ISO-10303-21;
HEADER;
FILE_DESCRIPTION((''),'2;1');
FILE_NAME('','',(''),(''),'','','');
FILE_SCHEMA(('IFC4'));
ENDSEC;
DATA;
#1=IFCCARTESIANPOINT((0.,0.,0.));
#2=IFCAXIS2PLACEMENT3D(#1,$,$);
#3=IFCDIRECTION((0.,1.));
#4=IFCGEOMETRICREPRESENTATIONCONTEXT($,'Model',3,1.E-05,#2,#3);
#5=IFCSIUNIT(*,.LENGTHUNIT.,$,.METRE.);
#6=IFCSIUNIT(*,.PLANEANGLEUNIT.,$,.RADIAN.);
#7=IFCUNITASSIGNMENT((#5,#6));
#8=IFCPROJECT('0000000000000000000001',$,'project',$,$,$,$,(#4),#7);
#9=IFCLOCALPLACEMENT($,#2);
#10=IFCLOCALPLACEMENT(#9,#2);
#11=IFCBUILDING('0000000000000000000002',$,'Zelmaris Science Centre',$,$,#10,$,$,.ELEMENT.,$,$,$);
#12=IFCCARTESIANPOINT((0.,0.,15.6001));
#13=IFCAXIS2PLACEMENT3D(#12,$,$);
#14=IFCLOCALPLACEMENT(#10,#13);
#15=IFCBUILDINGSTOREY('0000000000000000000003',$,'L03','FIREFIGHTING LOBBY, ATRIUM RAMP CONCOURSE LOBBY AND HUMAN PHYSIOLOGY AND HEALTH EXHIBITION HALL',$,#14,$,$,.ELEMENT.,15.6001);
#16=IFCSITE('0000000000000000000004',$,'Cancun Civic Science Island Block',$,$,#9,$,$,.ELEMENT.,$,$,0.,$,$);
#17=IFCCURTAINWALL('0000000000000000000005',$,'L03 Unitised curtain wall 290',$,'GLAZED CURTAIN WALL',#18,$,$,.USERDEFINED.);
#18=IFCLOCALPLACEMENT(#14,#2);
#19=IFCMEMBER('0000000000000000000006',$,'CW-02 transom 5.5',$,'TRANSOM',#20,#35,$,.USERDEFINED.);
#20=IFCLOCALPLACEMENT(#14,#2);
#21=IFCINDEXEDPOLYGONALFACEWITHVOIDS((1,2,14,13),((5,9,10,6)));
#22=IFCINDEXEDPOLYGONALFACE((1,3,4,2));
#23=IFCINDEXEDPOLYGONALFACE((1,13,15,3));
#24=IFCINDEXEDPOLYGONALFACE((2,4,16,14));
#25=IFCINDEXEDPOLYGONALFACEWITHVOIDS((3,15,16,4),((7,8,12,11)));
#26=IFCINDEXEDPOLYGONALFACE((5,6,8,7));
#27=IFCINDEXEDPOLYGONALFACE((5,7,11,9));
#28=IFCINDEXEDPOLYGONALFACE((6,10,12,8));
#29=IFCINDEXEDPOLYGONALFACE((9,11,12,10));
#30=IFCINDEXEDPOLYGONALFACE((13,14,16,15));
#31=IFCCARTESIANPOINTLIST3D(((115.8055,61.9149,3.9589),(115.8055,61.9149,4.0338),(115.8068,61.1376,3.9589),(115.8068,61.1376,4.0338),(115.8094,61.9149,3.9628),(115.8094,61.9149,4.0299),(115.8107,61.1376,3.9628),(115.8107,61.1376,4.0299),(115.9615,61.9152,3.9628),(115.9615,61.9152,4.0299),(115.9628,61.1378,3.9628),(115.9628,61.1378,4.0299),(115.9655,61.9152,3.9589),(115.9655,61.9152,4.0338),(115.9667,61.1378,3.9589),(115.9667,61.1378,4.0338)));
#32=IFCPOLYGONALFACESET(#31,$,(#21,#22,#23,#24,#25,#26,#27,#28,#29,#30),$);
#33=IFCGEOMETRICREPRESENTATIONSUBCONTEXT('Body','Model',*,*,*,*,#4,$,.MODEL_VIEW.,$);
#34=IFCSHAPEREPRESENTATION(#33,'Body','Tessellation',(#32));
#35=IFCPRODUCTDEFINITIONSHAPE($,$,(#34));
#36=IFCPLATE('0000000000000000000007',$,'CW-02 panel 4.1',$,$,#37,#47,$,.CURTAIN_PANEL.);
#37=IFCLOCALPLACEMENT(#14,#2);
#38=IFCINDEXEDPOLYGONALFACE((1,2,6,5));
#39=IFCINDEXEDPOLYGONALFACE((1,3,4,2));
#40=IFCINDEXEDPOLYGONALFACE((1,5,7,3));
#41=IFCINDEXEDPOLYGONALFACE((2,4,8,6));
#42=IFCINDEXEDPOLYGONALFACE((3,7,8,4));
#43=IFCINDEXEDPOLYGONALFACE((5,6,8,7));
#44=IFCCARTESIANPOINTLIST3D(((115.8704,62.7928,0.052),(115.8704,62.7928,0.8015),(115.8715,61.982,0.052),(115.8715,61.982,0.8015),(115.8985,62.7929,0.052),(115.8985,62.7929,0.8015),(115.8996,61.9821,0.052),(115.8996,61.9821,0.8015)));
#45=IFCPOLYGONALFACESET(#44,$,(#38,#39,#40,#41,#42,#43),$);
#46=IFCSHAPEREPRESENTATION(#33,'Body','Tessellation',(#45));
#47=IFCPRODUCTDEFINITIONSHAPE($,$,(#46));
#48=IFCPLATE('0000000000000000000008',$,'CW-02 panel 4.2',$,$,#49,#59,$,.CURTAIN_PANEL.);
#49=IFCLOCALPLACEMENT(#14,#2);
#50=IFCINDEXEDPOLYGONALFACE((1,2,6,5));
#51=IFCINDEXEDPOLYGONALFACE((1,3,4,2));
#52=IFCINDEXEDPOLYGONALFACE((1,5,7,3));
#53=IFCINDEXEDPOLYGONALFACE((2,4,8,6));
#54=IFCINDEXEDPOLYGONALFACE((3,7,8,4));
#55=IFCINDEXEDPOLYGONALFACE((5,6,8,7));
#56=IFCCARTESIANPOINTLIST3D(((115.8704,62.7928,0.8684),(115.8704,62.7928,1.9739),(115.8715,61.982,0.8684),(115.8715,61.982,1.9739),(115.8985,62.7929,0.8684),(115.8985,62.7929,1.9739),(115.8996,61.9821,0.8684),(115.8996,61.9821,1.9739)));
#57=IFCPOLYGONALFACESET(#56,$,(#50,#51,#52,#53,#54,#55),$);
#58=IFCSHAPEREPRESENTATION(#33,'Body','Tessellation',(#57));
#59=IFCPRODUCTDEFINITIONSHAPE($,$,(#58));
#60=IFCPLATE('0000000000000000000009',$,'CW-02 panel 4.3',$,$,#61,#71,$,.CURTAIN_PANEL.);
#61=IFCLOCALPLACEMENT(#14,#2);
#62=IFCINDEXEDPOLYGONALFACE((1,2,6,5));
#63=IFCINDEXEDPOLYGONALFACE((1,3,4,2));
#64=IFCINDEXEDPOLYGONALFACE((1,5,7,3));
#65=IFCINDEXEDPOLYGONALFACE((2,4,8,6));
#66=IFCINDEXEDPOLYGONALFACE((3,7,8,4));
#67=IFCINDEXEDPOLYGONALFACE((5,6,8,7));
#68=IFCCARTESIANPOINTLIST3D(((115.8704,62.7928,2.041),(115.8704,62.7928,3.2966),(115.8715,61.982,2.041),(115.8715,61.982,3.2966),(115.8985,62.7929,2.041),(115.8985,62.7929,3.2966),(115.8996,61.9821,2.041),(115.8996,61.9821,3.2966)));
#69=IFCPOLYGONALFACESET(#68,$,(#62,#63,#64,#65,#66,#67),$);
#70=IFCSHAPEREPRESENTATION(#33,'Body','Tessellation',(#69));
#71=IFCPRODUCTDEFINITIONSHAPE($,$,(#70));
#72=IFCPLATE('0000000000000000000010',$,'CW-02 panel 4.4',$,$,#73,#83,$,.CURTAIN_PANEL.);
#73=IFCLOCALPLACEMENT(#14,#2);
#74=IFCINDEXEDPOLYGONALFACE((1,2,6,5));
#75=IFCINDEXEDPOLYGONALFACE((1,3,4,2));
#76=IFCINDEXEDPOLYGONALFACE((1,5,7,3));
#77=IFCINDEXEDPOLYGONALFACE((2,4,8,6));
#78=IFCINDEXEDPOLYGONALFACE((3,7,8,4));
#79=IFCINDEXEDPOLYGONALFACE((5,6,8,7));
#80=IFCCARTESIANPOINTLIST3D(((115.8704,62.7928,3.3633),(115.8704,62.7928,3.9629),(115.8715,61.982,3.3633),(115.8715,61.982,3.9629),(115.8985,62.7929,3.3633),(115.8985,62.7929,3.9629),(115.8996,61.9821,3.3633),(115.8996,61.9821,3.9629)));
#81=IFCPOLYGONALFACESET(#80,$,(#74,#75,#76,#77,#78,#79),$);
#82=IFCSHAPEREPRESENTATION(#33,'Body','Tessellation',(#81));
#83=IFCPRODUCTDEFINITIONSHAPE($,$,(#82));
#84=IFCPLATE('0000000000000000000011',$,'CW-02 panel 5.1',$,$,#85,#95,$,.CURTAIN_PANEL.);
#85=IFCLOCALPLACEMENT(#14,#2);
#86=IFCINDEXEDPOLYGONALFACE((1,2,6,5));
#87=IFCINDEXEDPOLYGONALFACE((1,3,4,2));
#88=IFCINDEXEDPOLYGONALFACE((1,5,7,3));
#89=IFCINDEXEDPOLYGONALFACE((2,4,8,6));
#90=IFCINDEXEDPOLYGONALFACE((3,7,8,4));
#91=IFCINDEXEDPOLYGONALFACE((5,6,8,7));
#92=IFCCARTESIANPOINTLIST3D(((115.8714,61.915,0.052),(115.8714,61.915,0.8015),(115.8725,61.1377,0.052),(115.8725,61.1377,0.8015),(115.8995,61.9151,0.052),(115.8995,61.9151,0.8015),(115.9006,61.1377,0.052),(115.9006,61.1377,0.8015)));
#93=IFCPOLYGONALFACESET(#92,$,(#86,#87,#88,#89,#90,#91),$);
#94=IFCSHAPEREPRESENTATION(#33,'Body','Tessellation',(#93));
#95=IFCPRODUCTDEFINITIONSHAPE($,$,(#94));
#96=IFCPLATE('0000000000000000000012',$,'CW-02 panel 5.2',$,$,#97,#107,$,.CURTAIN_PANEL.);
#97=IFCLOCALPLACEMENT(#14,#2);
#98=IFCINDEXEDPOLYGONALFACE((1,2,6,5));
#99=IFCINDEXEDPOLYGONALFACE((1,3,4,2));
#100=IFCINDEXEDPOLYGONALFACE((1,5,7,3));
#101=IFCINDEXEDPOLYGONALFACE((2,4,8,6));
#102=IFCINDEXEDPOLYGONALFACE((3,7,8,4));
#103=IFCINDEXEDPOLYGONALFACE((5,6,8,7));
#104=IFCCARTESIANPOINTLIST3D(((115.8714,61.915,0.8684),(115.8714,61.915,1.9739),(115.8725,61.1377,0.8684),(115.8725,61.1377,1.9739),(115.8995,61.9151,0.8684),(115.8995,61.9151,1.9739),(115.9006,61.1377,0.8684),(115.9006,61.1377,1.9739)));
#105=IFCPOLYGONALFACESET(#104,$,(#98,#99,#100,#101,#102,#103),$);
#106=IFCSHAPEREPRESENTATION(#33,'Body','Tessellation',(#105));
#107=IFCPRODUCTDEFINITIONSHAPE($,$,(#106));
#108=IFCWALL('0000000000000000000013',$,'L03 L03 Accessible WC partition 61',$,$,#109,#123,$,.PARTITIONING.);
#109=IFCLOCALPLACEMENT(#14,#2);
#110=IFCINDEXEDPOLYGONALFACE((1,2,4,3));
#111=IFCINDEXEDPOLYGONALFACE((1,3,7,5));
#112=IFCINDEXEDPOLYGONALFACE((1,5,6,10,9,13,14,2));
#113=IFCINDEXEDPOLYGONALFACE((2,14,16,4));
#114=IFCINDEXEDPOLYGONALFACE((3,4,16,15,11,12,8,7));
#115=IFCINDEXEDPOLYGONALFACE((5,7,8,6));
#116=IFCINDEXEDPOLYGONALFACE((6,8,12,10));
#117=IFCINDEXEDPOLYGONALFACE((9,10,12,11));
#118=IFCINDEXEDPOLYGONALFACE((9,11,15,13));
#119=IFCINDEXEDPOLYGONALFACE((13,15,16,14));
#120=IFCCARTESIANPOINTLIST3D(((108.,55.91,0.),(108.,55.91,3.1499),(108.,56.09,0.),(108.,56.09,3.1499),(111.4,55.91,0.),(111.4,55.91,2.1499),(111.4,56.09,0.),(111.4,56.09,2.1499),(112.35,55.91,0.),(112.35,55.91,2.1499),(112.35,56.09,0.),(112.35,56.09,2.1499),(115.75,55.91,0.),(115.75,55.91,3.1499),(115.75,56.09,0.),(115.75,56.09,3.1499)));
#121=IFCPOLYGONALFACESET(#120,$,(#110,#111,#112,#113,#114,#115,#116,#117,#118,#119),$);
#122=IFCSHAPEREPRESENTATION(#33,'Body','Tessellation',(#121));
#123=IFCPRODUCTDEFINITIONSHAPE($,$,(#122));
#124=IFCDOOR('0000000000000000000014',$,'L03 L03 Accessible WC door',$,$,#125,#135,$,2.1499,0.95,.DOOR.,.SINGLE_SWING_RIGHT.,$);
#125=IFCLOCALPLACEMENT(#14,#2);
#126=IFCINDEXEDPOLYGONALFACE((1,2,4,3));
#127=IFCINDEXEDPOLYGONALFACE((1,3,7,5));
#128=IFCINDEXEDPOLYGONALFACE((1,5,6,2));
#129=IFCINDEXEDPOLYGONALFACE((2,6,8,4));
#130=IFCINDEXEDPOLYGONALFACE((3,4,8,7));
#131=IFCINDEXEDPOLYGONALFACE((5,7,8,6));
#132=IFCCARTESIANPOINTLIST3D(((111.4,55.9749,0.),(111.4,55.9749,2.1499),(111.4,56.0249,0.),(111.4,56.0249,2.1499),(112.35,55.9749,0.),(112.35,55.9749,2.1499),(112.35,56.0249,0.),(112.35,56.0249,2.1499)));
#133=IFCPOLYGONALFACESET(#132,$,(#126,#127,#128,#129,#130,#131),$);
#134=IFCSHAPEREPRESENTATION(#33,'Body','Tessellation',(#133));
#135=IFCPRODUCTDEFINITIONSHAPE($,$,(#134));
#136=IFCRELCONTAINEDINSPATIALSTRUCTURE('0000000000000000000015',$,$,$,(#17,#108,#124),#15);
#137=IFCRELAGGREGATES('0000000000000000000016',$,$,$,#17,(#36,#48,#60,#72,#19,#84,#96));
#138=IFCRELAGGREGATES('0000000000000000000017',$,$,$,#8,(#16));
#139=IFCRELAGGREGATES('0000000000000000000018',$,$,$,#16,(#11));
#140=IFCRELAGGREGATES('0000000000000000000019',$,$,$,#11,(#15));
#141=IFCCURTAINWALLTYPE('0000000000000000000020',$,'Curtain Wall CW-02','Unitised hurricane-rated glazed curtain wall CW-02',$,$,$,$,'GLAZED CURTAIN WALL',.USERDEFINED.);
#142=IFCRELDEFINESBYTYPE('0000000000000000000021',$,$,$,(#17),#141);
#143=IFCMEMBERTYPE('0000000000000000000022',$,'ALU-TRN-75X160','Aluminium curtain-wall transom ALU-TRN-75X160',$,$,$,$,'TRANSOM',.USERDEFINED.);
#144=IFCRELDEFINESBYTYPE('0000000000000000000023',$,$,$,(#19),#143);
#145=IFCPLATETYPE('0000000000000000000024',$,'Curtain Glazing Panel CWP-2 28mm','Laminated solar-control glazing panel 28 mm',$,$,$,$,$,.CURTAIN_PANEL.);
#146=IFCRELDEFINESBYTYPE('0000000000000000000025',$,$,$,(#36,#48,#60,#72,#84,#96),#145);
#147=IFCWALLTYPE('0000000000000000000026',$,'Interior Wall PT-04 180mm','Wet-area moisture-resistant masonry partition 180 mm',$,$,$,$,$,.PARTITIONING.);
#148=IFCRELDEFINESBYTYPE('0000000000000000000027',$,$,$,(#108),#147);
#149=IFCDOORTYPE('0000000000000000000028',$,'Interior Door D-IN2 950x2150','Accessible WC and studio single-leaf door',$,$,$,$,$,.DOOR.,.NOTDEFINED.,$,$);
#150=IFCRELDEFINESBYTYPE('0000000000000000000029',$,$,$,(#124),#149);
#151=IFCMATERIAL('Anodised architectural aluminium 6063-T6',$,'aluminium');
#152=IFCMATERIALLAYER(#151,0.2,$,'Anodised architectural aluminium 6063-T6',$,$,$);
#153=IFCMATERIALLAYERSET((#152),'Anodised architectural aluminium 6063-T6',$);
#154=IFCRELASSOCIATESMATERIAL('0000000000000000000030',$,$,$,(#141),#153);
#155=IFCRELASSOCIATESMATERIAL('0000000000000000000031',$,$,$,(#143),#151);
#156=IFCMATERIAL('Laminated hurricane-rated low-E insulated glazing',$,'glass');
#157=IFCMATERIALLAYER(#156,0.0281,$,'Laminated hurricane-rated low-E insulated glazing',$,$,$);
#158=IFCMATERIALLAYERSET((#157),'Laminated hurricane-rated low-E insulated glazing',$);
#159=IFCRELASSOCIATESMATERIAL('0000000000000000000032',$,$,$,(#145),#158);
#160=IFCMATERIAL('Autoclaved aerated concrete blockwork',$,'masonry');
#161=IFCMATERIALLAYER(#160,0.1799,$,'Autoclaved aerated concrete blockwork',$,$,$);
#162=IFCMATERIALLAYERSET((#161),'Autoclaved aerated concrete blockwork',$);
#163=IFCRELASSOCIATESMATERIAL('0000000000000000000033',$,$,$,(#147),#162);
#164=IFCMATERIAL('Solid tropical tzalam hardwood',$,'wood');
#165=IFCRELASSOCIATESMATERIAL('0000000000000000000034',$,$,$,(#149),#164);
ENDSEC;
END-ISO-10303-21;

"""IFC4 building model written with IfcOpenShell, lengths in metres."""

from ifc_helpers import new_model, si_unit, direction, frame, frame_2d, origin, origin_2d, place, context, subcontext, project, spatial, rectangle, hollow_rectangle, extrude, material, layer, layer_set, material_profile, profile_set, type_object, element, fill, aggregate, save


model = new_model("IFC4")

# Units and contexts
model_context = context("Model", 3, precision=1e-05, world=origin(), true_north=direction((0.0, 1.0)))
body_context = subcontext(model_context, "Body", "Model", "MODEL_VIEW")
ifc_project = project(units=[si_unit("LENGTHUNIT", "METRE"), si_unit("PLANEANGLEUNIT", "RADIAN")], contexts=[model_context])

# Site, building, storey
site_placement = place(None, origin())
site = spatial("IfcSite", under=ifc_project, at=site_placement, Name="Cancun Civic Science Island Block", CompositionType="ELEMENT", RefElevation=0.0)
building_placement = place(site_placement, origin())
building = spatial("IfcBuilding", under=site, at=building_placement, Name="Zelmaris Science Centre", CompositionType="ELEMENT")
storey_placement = place(building_placement, frame((0.0, 0.0, 15.6001)))
storey = spatial("IfcBuildingStorey", under=building, at=storey_placement, Name="L03", Description="FIREFIGHTING LOBBY, ATRIUM RAMP CONCOURSE LOBBY AND HUMAN PHYSIOLOGY AND HEALTH EXHIBITION HALL", CompositionType="ELEMENT", Elevation=15.6001)

# Curtain wall, member, plates
ifc_material_1 = material(Name="Anodised architectural aluminium 6063-T6", Category="aluminium")
ifc_layer_1 = layer(ifc_material_1, 0.2, Name="Anodised architectural aluminium 6063-T6")
ifc_layer_set_1 = layer_set([ifc_layer_1], Name="Anodised architectural aluminium 6063-T6")
curtain_wall_type = type_object("IfcCurtainWallType", Name="Curtain Wall CW-02", Description="Unitised hurricane-rated glazed curtain wall CW-02", ElementType="GLAZED CURTAIN WALL", PredefinedType="USERDEFINED", material=ifc_layer_set_1)
curtain_wall_placement = place(storey_placement, origin())
curtain_wall = element("IfcCurtainWall", 1, at=curtain_wall_placement, inside=storey, type_object=curtain_wall_type, Name="L03 Unitised curtain wall 290", ObjectType="GLAZED CURTAIN WALL", PredefinedType="USERDEFINED")
ifc_material_profile_1 = material_profile(ifc_material_1, hollow_rectangle(XDim=0.075, YDim=0.1599, WallThickness=0.0039, at=origin_2d()), Name="ALU-TRN-75X160")
ifc_profile_set_1 = profile_set([ifc_material_profile_1], Name="Anodised architectural aluminium 6063-T6")
member_type_1 = type_object("IfcMemberType", Name="ALU-TRN-75X160", Description="Aluminium curtain-wall transom ALU-TRN-75X160", ElementType="TRANSOM", PredefinedType="USERDEFINED", material=ifc_profile_set_1)
member_1_placement = place(storey_placement, frame((115.8855, 61.915, 3.9963), z_axis=(0.00157, -0.999999, 0.0), x_axis=(0.0, 0.0, 1.0)))
member_1 = element("IfcMember", 2, at=member_1_placement, type_object=member_type_1, Name="CW-02 transom 5.5", ObjectType="TRANSOM", PredefinedType="USERDEFINED", context=body_context, shape_type="SweptSolid", body=[
    extrude(hollow_rectangle(XDim=0.075, YDim=0.1599, WallThickness=0.0039, at=origin_2d()), origin(), (0.0, 0.0, 1.0), 0.7773),
])
ifc_material_2 = material(Name="Laminated hurricane-rated low-E insulated glazing", Category="glass")
ifc_layer_2 = layer(ifc_material_2, 0.0281, Name="Laminated hurricane-rated low-E insulated glazing")
ifc_layer_set_2 = layer_set([ifc_layer_2], Name="Laminated hurricane-rated low-E insulated glazing")
plate_type = type_object("IfcPlateType", Name="Curtain Glazing Panel CWP-2 28mm", Description="Laminated solar-control glazing panel 28 mm", PredefinedType="CURTAIN_PANEL", material=ifc_layer_set_2)
plate_1_placement = place(storey_placement, frame((115.885, 62.3875, 0.052), z_axis=(0.0, 0.0, 1.0), x_axis=(0.001367, -0.999999, 0.0)))
plate_1 = element("IfcPlate", 3, at=plate_1_placement, type_object=plate_type, Name="CW-02 panel 4.1", PredefinedType="CURTAIN_PANEL", context=body_context, shape_type="SweptSolid", body=[
    extrude(rectangle(XDim=0.8108, YDim=0.0281, at=origin_2d()), origin(), (0.0, 0.0, 1.0), 0.7495),
])
plate_2_placement = place(storey_placement, frame((115.885, 62.3875, 0.8684), z_axis=(0.0, 0.0, 1.0), x_axis=(0.001367, -0.999999, 0.0)))
plate_2 = element("IfcPlate", 4, at=plate_2_placement, type_object=plate_type, Name="CW-02 panel 4.2", PredefinedType="CURTAIN_PANEL", context=body_context, shape_type="SweptSolid", body=[
    extrude(rectangle(XDim=0.8108, YDim=0.0281, at=origin_2d()), origin(), (0.0, 0.0, 1.0), 1.1055),
])
plate_3_placement = place(storey_placement, frame((115.885, 62.3875, 2.041), z_axis=(0.0, 0.0, 1.0), x_axis=(0.001367, -0.999999, 0.0)))
plate_3 = element("IfcPlate", 5, at=plate_3_placement, type_object=plate_type, Name="CW-02 panel 4.3", PredefinedType="CURTAIN_PANEL", context=body_context, shape_type="SweptSolid", body=[
    extrude(rectangle(XDim=0.8108, YDim=0.0281, at=origin_2d()), origin(), (0.0, 0.0, 1.0), 1.2556),
])
plate_4_placement = place(storey_placement, frame((115.885, 62.3875, 3.3633), z_axis=(0.0, 0.0, 1.0), x_axis=(0.001367, -0.999999, 0.0)))
plate_4 = element("IfcPlate", 6, at=plate_4_placement, type_object=plate_type, Name="CW-02 panel 4.4", PredefinedType="CURTAIN_PANEL", context=body_context, shape_type="SweptSolid", body=[
    extrude(rectangle(XDim=0.8108, YDim=0.0281, at=origin_2d()), origin(), (0.0, 0.0, 1.0), 0.5996),
])
plate_5_placement = place(storey_placement, frame((115.886, 61.5264, 0.052), z_axis=(0.0, 0.0, 1.0), x_axis=(0.001367, -0.999999, 0.0)))
plate_5 = element("IfcPlate", 7, at=plate_5_placement, type_object=plate_type, Name="CW-02 panel 5.1", PredefinedType="CURTAIN_PANEL", context=body_context, shape_type="SweptSolid", body=[
    extrude(rectangle(XDim=0.7773, YDim=0.0281, at=origin_2d()), origin(), (0.0, 0.0, 1.0), 0.7495),
])
plate_6_placement = place(storey_placement, frame((115.886, 61.5264, 0.8684), z_axis=(0.0, 0.0, 1.0), x_axis=(0.001367, -0.999999, 0.0)))
plate_6 = element("IfcPlate", 8, at=plate_6_placement, type_object=plate_type, Name="CW-02 panel 5.2", PredefinedType="CURTAIN_PANEL", context=body_context, shape_type="SweptSolid", body=[
    extrude(rectangle(XDim=0.7773, YDim=0.0281, at=origin_2d()), origin(), (0.0, 0.0, 1.0), 1.1055),
])
aggregate(curtain_wall, [plate_1, plate_2, plate_3, plate_4, member_1, plate_5, plate_6])

# Wall, opening, door
ifc_material_3 = material(Name="Autoclaved aerated concrete blockwork", Category="masonry")
ifc_layer_3 = layer(ifc_material_3, 0.1799, Name="Autoclaved aerated concrete blockwork")
ifc_layer_set_3 = layer_set([ifc_layer_3], Name="Autoclaved aerated concrete blockwork")
wall_type = type_object("IfcWallType", Name="Interior Wall PT-04 180mm", Description="Wet-area moisture-resistant masonry partition 180 mm", PredefinedType="PARTITIONING", material=ifc_layer_set_3)
wall_placement = place(storey_placement, frame((108.0, 56.0, 0.0), z_axis=(0.0, 0.0, 1.0), x_axis=(1.0, 0.0, 0.0)))
wall = element("IfcWall", 9, at=wall_placement, inside=storey, type_object=wall_type, Name="L03 L03 Accessible WC partition 61", PredefinedType="PARTITIONING", context=body_context, shape_type="SweptSolid", body=[
    extrude(rectangle(XDim=7.75, YDim=0.1799, at=frame_2d((3.875, 0.0))), origin(), (0.0, 0.0, 1.0), 3.1499),
])
opening_placement = place(wall_placement, frame((3.3999, 0.0, 0.0)))
opening = element("IfcOpeningElement", 10, at=opening_placement, cuts=wall, PredefinedType="OPENING", context=body_context, shape_type="SweptSolid", body=[
    extrude(rectangle(XDim=0.95, YDim=2.1499, at=frame_2d((0.4751, 1.075))), frame((0.0, 0.0999, 0.0), z_axis=(0.0, -1.0, 0.0), x_axis=(1.0, 0.0, 0.0)), (0.0, 0.0, 1.0), 0.2),
])
ifc_material_4 = material(Name="Solid tropical tzalam hardwood", Category="wood")
door_type = type_object("IfcDoorType", Name="Interior Door D-IN2 950x2150", Description="Accessible WC and studio single-leaf door", OperationType="NOTDEFINED", PredefinedType="DOOR", material=ifc_material_4)
door_placement = place(opening_placement, origin())
door = element("IfcDoor", 11, at=door_placement, inside=storey, type_object=door_type, Name="L03 L03 Accessible WC door", OperationType="SINGLE_SWING_RIGHT", OverallHeight=2.1499, OverallWidth=0.95, PredefinedType="DOOR", context=body_context, shape_type="SweptSolid", body=[
    extrude(rectangle(XDim=0.95, YDim=2.1499, at=frame_2d((0.4751, 1.075))), frame((0.0, 0.0249, 0.0), z_axis=(0.0, -1.0, 0.0), x_axis=(1.0, 0.0, 0.0)), (0.0, 0.0, 1.0), 0.05),
])
fill(opening, door)

save(model, "model.ifc")
